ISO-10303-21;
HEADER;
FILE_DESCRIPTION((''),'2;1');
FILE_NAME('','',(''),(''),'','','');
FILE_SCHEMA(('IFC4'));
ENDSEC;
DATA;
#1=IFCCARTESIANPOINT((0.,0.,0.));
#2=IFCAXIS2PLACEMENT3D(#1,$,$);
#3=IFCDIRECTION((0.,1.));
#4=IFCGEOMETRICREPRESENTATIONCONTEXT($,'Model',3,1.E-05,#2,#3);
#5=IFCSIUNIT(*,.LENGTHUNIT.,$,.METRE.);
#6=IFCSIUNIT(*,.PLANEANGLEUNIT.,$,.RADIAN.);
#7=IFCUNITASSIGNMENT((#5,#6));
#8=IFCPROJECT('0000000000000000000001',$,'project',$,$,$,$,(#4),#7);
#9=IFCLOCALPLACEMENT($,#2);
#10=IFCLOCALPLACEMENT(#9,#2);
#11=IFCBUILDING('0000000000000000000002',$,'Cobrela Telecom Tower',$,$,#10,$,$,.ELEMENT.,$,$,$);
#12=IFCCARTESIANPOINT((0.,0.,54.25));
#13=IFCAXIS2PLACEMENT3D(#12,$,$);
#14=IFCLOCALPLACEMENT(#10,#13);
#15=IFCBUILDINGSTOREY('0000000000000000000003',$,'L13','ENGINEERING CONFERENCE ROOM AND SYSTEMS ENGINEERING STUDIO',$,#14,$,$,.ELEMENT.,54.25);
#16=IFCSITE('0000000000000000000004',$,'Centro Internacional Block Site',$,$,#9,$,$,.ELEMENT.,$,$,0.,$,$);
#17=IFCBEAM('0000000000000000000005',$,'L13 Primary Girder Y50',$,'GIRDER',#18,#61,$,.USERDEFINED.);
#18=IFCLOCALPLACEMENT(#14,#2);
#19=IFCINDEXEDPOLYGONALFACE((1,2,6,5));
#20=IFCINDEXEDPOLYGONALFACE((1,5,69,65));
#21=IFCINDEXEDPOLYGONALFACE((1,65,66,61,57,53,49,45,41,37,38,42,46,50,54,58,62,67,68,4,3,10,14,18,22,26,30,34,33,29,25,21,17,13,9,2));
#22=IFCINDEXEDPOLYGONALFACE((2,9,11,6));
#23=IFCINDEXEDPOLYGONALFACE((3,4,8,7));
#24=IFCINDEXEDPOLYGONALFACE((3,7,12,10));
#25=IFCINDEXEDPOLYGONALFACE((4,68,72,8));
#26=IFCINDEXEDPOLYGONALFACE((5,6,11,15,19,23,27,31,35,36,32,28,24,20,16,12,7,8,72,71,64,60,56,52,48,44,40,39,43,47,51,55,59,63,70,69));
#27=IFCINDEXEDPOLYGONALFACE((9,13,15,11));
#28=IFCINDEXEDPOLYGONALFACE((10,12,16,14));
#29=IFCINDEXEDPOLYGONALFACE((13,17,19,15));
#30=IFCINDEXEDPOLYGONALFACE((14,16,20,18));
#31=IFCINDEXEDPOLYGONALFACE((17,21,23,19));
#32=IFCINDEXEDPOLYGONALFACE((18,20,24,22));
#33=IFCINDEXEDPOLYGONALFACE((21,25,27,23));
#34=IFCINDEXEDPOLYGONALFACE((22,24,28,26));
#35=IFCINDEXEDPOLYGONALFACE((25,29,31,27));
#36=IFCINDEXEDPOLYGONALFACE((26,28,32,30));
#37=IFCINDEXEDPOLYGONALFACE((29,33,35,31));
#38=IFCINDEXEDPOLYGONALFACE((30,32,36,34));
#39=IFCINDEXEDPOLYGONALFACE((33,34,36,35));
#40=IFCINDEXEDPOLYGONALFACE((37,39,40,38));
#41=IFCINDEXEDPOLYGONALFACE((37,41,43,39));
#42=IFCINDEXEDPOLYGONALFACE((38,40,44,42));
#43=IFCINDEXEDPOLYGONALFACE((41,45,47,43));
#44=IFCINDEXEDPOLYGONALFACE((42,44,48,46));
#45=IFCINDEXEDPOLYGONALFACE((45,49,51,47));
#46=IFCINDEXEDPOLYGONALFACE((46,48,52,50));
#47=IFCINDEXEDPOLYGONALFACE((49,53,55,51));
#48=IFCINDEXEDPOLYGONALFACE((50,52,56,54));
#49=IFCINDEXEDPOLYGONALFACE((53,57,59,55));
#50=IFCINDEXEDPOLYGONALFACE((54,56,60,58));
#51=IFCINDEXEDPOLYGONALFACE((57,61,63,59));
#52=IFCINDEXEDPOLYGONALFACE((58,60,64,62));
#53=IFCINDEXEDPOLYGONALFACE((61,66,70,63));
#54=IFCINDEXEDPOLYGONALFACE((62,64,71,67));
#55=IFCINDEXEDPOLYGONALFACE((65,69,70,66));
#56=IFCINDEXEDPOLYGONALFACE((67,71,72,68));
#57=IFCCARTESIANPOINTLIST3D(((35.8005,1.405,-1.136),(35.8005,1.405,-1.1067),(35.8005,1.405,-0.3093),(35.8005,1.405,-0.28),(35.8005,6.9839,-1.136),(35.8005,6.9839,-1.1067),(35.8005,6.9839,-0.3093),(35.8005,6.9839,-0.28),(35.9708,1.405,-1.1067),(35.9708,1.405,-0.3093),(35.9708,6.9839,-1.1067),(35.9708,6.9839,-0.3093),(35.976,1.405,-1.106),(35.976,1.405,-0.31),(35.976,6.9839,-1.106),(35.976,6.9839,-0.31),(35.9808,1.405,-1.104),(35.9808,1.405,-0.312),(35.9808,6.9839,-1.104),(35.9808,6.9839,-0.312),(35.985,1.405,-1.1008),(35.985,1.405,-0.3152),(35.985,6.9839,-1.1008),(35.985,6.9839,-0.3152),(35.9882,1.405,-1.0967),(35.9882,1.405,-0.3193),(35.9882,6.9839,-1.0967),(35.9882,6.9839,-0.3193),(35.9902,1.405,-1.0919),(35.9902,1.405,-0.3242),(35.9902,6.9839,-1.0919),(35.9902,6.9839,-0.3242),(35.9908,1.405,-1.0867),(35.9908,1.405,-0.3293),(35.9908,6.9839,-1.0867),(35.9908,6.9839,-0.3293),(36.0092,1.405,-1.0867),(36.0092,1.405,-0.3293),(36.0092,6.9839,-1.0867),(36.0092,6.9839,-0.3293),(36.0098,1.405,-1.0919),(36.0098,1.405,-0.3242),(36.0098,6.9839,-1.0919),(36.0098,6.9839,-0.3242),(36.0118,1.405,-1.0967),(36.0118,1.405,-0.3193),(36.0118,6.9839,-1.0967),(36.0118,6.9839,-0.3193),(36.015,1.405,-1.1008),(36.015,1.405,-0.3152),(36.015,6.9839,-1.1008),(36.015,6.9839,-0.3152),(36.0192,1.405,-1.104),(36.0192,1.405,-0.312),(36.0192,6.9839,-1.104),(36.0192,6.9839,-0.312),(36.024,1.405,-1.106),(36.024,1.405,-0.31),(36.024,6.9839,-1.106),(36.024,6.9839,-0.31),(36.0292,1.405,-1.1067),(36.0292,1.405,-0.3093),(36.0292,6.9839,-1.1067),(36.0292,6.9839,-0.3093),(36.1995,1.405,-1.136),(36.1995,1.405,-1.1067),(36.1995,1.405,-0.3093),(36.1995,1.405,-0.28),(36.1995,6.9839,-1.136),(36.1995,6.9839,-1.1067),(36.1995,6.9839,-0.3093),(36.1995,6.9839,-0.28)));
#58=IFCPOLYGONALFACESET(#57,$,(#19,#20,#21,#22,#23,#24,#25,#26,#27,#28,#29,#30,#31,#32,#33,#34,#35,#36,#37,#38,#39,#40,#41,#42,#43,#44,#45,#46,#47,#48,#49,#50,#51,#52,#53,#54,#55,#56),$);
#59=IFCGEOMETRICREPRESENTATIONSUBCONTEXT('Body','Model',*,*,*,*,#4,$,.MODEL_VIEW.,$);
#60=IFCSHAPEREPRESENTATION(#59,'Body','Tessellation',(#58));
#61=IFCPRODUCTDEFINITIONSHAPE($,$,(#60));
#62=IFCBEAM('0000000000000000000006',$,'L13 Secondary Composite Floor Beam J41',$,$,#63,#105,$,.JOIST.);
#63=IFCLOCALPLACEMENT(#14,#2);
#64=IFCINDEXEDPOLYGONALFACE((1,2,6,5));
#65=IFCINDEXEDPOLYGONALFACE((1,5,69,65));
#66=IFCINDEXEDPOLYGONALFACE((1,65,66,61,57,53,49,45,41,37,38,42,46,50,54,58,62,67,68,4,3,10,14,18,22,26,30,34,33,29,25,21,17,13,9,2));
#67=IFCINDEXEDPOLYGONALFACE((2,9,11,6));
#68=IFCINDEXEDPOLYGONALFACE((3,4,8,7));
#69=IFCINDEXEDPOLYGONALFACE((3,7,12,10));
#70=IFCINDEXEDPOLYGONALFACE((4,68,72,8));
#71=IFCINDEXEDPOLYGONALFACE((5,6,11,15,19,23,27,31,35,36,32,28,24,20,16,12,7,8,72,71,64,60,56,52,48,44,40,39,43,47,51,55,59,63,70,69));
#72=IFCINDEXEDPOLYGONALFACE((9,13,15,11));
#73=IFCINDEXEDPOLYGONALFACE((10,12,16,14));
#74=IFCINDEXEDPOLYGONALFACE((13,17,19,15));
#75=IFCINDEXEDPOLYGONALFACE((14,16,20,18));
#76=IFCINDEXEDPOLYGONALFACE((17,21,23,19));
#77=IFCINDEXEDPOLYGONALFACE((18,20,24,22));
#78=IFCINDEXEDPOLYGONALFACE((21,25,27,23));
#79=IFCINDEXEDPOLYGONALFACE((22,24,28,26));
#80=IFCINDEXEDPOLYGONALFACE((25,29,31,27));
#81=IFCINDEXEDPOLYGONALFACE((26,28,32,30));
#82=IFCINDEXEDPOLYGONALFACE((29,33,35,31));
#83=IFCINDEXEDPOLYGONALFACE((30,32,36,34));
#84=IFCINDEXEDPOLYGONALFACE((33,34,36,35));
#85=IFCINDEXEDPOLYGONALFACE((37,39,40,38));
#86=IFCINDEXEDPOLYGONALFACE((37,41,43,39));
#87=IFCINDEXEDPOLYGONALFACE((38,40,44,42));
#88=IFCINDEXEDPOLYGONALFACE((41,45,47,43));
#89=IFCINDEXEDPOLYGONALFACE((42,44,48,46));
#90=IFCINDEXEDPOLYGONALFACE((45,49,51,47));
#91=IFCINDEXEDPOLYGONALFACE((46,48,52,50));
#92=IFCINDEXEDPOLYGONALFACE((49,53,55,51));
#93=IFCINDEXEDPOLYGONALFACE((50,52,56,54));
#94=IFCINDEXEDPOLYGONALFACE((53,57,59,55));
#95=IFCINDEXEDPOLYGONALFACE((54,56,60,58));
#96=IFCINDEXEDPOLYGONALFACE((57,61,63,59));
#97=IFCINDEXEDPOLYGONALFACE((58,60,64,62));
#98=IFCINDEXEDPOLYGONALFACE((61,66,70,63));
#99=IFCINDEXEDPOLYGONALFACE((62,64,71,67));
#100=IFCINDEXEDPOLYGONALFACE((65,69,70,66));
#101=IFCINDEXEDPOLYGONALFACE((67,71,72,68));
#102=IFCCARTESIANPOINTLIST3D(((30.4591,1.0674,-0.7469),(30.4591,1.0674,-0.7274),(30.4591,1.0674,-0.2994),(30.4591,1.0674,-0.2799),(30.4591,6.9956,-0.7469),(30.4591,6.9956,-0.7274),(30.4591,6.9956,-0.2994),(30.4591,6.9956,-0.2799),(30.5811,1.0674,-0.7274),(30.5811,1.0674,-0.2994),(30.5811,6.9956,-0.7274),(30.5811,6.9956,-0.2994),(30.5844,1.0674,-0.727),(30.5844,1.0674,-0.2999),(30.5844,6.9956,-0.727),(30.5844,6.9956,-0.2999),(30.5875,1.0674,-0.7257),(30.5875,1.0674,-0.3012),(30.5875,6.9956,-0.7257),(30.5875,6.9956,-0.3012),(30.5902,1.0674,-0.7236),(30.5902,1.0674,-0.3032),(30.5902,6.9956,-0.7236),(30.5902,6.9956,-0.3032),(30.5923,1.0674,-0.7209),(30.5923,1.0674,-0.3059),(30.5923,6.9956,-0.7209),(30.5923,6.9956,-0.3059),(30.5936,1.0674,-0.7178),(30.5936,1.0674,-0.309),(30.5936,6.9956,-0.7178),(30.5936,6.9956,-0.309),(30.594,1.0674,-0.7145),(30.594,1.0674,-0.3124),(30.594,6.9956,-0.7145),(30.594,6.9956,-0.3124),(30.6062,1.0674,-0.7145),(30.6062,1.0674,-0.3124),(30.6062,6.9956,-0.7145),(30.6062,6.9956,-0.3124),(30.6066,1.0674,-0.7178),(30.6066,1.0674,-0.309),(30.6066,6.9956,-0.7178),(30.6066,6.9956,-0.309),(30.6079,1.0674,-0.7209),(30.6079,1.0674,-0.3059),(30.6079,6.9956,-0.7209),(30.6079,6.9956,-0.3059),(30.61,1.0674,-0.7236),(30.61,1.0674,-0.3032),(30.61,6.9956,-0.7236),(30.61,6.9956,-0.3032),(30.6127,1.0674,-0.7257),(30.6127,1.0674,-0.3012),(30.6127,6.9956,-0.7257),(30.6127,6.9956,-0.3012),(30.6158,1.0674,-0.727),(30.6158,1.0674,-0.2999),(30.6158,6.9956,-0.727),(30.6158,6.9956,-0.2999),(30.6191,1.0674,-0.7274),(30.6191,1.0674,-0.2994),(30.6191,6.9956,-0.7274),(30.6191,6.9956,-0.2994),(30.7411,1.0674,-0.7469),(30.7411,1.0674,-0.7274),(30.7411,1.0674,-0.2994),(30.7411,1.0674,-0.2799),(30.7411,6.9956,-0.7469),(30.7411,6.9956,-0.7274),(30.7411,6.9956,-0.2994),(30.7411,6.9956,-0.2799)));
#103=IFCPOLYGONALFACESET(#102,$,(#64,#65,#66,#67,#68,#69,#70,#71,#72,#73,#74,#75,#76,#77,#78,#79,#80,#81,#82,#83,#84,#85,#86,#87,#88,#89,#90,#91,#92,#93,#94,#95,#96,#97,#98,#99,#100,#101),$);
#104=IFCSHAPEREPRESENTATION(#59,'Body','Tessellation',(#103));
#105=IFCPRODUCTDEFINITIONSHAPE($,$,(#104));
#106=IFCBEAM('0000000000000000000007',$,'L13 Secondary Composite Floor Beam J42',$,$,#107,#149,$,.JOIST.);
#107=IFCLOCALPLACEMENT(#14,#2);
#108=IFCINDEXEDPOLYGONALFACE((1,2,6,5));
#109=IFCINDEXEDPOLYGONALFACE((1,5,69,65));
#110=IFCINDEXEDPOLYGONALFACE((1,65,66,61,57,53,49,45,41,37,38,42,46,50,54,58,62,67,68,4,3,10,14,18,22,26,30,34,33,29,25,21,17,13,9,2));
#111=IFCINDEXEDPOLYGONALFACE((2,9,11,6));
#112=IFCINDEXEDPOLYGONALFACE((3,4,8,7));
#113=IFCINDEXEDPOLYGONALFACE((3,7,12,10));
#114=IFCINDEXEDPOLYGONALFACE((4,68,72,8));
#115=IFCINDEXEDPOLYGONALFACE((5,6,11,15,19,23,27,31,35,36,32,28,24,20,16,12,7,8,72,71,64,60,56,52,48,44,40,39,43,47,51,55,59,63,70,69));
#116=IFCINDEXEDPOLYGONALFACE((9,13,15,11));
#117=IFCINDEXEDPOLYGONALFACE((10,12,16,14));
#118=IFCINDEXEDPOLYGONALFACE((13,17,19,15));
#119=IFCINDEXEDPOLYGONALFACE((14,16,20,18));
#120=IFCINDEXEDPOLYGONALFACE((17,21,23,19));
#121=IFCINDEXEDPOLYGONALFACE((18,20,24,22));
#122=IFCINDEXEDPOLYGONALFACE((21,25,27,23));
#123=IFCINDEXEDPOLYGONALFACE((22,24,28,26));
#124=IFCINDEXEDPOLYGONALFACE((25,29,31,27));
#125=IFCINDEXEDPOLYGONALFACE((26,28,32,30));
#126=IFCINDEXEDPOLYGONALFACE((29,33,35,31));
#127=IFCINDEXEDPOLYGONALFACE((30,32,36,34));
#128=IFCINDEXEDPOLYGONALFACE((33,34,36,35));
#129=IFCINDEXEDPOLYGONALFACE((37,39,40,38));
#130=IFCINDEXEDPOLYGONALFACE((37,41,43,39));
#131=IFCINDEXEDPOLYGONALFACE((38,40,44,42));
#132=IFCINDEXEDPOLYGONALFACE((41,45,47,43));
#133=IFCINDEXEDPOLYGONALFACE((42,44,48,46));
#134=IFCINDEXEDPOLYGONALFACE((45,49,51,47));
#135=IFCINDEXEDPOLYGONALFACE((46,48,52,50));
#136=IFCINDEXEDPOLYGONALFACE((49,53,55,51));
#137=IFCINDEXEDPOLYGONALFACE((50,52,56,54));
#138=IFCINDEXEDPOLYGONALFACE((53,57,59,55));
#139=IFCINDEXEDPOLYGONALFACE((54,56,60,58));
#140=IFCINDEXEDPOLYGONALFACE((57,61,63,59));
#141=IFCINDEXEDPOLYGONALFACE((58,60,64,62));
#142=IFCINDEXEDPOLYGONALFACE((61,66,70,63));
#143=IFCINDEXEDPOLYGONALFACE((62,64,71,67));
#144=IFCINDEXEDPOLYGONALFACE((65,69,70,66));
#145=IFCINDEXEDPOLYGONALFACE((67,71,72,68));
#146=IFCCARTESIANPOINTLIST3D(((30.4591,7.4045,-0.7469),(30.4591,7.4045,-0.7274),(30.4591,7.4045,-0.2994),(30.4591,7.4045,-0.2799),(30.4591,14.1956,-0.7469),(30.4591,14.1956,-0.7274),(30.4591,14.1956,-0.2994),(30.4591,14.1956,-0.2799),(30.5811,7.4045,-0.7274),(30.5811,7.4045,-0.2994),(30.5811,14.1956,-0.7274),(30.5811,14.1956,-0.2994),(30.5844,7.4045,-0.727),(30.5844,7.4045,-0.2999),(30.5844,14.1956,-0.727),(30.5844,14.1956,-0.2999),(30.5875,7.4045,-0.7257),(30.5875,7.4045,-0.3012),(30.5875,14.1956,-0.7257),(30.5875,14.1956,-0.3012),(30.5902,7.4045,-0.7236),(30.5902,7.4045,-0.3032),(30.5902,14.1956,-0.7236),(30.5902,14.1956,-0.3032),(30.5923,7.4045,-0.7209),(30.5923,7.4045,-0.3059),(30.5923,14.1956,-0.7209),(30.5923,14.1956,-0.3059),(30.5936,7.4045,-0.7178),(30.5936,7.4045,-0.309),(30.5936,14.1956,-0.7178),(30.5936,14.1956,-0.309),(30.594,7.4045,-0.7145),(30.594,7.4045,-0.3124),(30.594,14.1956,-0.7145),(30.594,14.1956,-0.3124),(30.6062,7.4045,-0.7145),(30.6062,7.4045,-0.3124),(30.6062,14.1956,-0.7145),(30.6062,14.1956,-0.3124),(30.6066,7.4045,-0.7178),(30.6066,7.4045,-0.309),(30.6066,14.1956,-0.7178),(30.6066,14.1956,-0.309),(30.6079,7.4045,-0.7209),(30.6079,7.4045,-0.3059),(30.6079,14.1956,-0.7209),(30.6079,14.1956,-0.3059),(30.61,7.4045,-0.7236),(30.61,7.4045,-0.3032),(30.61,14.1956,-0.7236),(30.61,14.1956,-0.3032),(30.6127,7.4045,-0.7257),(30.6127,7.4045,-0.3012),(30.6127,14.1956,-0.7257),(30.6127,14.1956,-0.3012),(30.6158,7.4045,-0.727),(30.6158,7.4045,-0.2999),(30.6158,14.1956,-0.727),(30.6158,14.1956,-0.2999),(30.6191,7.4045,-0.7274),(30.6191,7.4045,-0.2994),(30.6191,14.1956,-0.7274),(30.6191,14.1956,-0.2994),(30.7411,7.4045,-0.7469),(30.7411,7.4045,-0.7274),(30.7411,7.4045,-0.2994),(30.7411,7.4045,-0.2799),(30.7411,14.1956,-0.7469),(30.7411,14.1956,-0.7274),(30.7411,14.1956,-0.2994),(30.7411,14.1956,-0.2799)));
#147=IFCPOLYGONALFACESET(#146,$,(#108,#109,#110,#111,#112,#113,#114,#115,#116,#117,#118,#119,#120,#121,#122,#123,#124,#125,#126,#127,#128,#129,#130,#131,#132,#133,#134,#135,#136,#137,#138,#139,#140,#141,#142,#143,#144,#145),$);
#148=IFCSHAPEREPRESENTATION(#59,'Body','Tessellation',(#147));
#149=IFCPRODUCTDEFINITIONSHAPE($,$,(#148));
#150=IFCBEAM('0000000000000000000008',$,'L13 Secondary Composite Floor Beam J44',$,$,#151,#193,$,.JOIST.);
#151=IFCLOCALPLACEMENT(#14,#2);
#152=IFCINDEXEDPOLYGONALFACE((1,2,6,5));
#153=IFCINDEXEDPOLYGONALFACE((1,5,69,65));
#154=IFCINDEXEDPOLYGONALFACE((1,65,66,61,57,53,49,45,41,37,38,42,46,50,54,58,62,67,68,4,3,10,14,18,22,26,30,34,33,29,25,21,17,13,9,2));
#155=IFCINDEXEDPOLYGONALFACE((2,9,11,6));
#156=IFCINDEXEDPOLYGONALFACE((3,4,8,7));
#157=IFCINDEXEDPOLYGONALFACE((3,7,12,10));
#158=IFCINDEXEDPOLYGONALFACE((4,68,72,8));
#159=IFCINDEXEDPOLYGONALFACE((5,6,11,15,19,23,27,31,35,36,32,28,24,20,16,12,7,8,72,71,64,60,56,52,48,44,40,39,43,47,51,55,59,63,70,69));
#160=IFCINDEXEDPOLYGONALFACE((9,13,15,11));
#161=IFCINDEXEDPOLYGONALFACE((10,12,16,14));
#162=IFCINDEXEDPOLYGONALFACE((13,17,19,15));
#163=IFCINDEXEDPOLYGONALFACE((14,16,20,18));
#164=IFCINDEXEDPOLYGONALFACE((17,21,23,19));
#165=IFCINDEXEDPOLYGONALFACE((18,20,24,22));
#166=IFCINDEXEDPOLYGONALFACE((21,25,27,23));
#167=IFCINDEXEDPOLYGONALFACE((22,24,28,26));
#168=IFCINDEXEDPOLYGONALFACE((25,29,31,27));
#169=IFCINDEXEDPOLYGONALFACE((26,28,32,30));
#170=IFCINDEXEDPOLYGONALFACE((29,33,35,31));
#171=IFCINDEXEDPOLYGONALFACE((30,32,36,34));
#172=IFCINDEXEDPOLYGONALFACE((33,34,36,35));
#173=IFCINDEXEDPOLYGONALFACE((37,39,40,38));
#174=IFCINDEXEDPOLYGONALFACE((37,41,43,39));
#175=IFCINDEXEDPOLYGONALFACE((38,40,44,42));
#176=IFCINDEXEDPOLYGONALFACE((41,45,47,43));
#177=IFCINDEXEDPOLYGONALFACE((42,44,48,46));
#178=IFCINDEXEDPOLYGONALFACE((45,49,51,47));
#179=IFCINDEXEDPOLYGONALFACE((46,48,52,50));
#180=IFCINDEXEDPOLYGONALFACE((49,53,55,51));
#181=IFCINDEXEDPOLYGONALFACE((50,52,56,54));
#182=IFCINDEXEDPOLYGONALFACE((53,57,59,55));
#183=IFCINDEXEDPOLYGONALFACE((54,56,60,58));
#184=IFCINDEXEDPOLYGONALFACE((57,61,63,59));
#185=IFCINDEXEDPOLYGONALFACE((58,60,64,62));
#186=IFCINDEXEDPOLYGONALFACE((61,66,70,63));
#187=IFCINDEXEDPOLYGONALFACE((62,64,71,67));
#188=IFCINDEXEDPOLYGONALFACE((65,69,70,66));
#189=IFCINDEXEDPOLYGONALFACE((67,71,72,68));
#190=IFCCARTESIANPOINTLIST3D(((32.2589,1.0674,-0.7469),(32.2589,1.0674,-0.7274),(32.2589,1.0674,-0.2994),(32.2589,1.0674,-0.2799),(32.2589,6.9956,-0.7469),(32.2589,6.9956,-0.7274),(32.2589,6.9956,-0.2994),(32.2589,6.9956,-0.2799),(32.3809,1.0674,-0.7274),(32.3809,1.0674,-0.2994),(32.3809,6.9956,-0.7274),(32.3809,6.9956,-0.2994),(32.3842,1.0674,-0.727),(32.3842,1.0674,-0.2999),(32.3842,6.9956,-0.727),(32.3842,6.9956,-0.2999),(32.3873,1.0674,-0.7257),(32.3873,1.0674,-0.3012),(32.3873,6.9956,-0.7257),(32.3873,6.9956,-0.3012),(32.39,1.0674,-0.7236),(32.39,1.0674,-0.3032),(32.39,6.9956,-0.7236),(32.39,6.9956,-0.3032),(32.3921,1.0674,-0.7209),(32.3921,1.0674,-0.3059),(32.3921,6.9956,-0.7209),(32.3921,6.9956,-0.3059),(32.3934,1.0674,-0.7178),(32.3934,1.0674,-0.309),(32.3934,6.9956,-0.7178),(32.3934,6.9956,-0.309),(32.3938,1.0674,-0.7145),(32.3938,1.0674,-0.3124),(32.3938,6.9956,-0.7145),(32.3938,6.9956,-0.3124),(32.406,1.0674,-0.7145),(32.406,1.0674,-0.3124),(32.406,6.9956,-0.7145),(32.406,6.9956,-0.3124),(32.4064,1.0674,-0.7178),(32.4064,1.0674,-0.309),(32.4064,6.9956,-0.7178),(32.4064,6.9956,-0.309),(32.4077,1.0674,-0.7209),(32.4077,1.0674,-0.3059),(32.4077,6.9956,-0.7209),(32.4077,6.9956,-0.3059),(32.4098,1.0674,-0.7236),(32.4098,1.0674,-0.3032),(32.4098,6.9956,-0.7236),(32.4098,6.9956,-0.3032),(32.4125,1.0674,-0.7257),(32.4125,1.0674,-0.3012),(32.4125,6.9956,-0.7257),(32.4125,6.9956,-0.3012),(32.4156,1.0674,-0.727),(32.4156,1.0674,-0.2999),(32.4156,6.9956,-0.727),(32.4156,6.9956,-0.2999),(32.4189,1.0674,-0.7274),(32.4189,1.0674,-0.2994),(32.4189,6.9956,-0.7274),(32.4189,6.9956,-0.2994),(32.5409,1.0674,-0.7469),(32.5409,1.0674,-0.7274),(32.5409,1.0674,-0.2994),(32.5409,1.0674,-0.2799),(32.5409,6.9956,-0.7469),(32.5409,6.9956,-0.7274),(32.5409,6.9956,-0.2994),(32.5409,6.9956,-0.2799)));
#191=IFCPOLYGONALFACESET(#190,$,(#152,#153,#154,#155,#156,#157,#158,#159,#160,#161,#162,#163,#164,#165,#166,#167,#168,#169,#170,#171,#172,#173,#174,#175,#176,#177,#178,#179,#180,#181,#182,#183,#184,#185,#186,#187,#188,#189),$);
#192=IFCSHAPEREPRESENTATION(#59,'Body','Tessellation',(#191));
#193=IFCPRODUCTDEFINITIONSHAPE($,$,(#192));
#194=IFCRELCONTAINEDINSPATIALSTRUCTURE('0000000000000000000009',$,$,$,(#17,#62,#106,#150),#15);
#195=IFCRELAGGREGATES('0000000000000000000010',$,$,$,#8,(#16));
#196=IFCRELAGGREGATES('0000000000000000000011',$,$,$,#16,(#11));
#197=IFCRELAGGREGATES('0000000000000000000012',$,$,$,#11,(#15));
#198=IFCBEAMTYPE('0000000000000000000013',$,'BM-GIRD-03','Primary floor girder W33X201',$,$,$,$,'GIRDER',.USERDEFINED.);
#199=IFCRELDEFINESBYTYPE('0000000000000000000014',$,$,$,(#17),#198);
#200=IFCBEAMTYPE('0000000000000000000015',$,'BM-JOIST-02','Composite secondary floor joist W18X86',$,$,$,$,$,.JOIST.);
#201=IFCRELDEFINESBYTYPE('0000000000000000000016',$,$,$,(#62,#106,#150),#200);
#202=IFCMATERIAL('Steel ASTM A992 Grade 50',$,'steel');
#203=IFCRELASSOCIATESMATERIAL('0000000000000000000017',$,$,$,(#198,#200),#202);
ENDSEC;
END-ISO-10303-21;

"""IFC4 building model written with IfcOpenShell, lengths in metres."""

from ifc_helpers import new_model, si_unit, direction, frame, origin, origin_2d, place, context, subcontext, project, spatial, i_section, extrude, material, material_profile, profile_set, type_object, element, save


model = new_model("IFC4")

# Units and contexts
model_context = context("Model", 3, precision=1e-05, world=origin(), true_north=direction((0.0, 1.0)))
body_context = subcontext(model_context, "Body", "Model", "MODEL_VIEW")
ifc_project = project(units=[si_unit("LENGTHUNIT", "METRE"), si_unit("PLANEANGLEUNIT", "RADIAN")], contexts=[model_context])

# Site, building, storey
site_placement = place(None, origin())
site = spatial("IfcSite", under=ifc_project, at=site_placement, Name="Centro Internacional Block Site", CompositionType="ELEMENT", RefElevation=0.0)
building_placement = place(site_placement, origin())
building = spatial("IfcBuilding", under=site, at=building_placement, Name="Cobrela Telecom Tower", CompositionType="ELEMENT")
storey_placement = place(building_placement, frame((0.0, 0.0, 54.25)))
storey = spatial("IfcBuildingStorey", under=building, at=storey_placement, Name="L13", Description="ENGINEERING CONFERENCE ROOM AND SYSTEMS ENGINEERING STUDIO", CompositionType="ELEMENT", Elevation=54.25)

# Shared definitions
ifc_material_1 = material(Name="Steel ASTM A992 Grade 50", Category="steel")

# Beams
ifc_material_profile_1 = material_profile(ifc_material_1, i_section(OverallWidth=0.3989, OverallDepth=0.856, WebThickness=0.0183, FlangeThickness=0.0293, FilletRadius=0.02, at=origin_2d()), Name="W33X201")
ifc_profile_set_1 = profile_set([ifc_material_profile_1], Name="Steel ASTM A992 Grade 50")
beam_type_1 = type_object("IfcBeamType", Name="BM-GIRD-03", Description="Primary floor girder W33X201", ElementType="GIRDER", PredefinedType="USERDEFINED", material=ifc_profile_set_1)
beam_1_placement = place(storey_placement, frame((36.0, 1.405, -0.708), z_axis=(0.0, 1.0, 0.0), x_axis=(-1.0, 0.0, 0.0)))
element("IfcBeam", 1, at=beam_1_placement, inside=storey, type_object=beam_type_1, Name="L13 Primary Girder Y50", ObjectType="GIRDER", PredefinedType="USERDEFINED", context=body_context, shape_type="SweptSolid", body=[
    extrude(i_section(OverallWidth=0.3989, OverallDepth=0.856, WebThickness=0.0183, FlangeThickness=0.0293, FilletRadius=0.02, at=origin_2d()), origin(), (0.0, 0.0, 1.0), 5.5789),
])
ifc_material_profile_2 = material_profile(ifc_material_1, i_section(OverallWidth=0.282, OverallDepth=0.467, WebThickness=0.0122, FlangeThickness=0.0195, FilletRadius=0.0129, at=origin_2d()), Name="W18X86")
ifc_profile_set_2 = profile_set([ifc_material_profile_2], Name="Steel ASTM A992 Grade 50")
beam_type_2 = type_object("IfcBeamType", Name="BM-JOIST-02", Description="Composite secondary floor joist W18X86", PredefinedType="JOIST", material=ifc_profile_set_2)
beam_2_placement = place(storey_placement, frame((30.6001, 1.0674, -0.5134), z_axis=(0.0, 1.0, 0.0), x_axis=(-1.0, 0.0, 0.0)))
element("IfcBeam", 2, at=beam_2_placement, inside=storey, type_object=beam_type_2, Name="L13 Secondary Composite Floor Beam J41", PredefinedType="JOIST", context=body_context, shape_type="SweptSolid", body=[
    extrude(i_section(OverallWidth=0.282, OverallDepth=0.467, WebThickness=0.0122, FlangeThickness=0.0195, FilletRadius=0.0129, at=origin_2d()), origin(), (0.0, 0.0, 1.0), 5.9282),
])
beam_3_placement = place(storey_placement, frame((30.6001, 7.4045, -0.5134), z_axis=(0.0, 1.0, 0.0), x_axis=(-1.0, 0.0, 0.0)))
element("IfcBeam", 3, at=beam_3_placement, inside=storey, type_object=beam_type_2, Name="L13 Secondary Composite Floor Beam J42", PredefinedType="JOIST", context=body_context, shape_type="SweptSolid", body=[
    extrude(i_section(OverallWidth=0.282, OverallDepth=0.467, WebThickness=0.0122, FlangeThickness=0.0195, FilletRadius=0.0129, at=origin_2d()), origin(), (0.0, 0.0, 1.0), 6.791),
])
beam_4_placement = place(storey_placement, frame((32.3999, 1.0674, -0.5134), z_axis=(0.0, 1.0, 0.0), x_axis=(-1.0, 0.0, 0.0)))
element("IfcBeam", 4, at=beam_4_placement, inside=storey, type_object=beam_type_2, Name="L13 Secondary Composite Floor Beam J44", PredefinedType="JOIST", context=body_context, shape_type="SweptSolid", body=[
    extrude(i_section(OverallWidth=0.282, OverallDepth=0.467, WebThickness=0.0122, FlangeThickness=0.0195, FilletRadius=0.0129, at=origin_2d()), origin(), (0.0, 0.0, 1.0), 5.9282),
])

save(model, "model.ifc")
